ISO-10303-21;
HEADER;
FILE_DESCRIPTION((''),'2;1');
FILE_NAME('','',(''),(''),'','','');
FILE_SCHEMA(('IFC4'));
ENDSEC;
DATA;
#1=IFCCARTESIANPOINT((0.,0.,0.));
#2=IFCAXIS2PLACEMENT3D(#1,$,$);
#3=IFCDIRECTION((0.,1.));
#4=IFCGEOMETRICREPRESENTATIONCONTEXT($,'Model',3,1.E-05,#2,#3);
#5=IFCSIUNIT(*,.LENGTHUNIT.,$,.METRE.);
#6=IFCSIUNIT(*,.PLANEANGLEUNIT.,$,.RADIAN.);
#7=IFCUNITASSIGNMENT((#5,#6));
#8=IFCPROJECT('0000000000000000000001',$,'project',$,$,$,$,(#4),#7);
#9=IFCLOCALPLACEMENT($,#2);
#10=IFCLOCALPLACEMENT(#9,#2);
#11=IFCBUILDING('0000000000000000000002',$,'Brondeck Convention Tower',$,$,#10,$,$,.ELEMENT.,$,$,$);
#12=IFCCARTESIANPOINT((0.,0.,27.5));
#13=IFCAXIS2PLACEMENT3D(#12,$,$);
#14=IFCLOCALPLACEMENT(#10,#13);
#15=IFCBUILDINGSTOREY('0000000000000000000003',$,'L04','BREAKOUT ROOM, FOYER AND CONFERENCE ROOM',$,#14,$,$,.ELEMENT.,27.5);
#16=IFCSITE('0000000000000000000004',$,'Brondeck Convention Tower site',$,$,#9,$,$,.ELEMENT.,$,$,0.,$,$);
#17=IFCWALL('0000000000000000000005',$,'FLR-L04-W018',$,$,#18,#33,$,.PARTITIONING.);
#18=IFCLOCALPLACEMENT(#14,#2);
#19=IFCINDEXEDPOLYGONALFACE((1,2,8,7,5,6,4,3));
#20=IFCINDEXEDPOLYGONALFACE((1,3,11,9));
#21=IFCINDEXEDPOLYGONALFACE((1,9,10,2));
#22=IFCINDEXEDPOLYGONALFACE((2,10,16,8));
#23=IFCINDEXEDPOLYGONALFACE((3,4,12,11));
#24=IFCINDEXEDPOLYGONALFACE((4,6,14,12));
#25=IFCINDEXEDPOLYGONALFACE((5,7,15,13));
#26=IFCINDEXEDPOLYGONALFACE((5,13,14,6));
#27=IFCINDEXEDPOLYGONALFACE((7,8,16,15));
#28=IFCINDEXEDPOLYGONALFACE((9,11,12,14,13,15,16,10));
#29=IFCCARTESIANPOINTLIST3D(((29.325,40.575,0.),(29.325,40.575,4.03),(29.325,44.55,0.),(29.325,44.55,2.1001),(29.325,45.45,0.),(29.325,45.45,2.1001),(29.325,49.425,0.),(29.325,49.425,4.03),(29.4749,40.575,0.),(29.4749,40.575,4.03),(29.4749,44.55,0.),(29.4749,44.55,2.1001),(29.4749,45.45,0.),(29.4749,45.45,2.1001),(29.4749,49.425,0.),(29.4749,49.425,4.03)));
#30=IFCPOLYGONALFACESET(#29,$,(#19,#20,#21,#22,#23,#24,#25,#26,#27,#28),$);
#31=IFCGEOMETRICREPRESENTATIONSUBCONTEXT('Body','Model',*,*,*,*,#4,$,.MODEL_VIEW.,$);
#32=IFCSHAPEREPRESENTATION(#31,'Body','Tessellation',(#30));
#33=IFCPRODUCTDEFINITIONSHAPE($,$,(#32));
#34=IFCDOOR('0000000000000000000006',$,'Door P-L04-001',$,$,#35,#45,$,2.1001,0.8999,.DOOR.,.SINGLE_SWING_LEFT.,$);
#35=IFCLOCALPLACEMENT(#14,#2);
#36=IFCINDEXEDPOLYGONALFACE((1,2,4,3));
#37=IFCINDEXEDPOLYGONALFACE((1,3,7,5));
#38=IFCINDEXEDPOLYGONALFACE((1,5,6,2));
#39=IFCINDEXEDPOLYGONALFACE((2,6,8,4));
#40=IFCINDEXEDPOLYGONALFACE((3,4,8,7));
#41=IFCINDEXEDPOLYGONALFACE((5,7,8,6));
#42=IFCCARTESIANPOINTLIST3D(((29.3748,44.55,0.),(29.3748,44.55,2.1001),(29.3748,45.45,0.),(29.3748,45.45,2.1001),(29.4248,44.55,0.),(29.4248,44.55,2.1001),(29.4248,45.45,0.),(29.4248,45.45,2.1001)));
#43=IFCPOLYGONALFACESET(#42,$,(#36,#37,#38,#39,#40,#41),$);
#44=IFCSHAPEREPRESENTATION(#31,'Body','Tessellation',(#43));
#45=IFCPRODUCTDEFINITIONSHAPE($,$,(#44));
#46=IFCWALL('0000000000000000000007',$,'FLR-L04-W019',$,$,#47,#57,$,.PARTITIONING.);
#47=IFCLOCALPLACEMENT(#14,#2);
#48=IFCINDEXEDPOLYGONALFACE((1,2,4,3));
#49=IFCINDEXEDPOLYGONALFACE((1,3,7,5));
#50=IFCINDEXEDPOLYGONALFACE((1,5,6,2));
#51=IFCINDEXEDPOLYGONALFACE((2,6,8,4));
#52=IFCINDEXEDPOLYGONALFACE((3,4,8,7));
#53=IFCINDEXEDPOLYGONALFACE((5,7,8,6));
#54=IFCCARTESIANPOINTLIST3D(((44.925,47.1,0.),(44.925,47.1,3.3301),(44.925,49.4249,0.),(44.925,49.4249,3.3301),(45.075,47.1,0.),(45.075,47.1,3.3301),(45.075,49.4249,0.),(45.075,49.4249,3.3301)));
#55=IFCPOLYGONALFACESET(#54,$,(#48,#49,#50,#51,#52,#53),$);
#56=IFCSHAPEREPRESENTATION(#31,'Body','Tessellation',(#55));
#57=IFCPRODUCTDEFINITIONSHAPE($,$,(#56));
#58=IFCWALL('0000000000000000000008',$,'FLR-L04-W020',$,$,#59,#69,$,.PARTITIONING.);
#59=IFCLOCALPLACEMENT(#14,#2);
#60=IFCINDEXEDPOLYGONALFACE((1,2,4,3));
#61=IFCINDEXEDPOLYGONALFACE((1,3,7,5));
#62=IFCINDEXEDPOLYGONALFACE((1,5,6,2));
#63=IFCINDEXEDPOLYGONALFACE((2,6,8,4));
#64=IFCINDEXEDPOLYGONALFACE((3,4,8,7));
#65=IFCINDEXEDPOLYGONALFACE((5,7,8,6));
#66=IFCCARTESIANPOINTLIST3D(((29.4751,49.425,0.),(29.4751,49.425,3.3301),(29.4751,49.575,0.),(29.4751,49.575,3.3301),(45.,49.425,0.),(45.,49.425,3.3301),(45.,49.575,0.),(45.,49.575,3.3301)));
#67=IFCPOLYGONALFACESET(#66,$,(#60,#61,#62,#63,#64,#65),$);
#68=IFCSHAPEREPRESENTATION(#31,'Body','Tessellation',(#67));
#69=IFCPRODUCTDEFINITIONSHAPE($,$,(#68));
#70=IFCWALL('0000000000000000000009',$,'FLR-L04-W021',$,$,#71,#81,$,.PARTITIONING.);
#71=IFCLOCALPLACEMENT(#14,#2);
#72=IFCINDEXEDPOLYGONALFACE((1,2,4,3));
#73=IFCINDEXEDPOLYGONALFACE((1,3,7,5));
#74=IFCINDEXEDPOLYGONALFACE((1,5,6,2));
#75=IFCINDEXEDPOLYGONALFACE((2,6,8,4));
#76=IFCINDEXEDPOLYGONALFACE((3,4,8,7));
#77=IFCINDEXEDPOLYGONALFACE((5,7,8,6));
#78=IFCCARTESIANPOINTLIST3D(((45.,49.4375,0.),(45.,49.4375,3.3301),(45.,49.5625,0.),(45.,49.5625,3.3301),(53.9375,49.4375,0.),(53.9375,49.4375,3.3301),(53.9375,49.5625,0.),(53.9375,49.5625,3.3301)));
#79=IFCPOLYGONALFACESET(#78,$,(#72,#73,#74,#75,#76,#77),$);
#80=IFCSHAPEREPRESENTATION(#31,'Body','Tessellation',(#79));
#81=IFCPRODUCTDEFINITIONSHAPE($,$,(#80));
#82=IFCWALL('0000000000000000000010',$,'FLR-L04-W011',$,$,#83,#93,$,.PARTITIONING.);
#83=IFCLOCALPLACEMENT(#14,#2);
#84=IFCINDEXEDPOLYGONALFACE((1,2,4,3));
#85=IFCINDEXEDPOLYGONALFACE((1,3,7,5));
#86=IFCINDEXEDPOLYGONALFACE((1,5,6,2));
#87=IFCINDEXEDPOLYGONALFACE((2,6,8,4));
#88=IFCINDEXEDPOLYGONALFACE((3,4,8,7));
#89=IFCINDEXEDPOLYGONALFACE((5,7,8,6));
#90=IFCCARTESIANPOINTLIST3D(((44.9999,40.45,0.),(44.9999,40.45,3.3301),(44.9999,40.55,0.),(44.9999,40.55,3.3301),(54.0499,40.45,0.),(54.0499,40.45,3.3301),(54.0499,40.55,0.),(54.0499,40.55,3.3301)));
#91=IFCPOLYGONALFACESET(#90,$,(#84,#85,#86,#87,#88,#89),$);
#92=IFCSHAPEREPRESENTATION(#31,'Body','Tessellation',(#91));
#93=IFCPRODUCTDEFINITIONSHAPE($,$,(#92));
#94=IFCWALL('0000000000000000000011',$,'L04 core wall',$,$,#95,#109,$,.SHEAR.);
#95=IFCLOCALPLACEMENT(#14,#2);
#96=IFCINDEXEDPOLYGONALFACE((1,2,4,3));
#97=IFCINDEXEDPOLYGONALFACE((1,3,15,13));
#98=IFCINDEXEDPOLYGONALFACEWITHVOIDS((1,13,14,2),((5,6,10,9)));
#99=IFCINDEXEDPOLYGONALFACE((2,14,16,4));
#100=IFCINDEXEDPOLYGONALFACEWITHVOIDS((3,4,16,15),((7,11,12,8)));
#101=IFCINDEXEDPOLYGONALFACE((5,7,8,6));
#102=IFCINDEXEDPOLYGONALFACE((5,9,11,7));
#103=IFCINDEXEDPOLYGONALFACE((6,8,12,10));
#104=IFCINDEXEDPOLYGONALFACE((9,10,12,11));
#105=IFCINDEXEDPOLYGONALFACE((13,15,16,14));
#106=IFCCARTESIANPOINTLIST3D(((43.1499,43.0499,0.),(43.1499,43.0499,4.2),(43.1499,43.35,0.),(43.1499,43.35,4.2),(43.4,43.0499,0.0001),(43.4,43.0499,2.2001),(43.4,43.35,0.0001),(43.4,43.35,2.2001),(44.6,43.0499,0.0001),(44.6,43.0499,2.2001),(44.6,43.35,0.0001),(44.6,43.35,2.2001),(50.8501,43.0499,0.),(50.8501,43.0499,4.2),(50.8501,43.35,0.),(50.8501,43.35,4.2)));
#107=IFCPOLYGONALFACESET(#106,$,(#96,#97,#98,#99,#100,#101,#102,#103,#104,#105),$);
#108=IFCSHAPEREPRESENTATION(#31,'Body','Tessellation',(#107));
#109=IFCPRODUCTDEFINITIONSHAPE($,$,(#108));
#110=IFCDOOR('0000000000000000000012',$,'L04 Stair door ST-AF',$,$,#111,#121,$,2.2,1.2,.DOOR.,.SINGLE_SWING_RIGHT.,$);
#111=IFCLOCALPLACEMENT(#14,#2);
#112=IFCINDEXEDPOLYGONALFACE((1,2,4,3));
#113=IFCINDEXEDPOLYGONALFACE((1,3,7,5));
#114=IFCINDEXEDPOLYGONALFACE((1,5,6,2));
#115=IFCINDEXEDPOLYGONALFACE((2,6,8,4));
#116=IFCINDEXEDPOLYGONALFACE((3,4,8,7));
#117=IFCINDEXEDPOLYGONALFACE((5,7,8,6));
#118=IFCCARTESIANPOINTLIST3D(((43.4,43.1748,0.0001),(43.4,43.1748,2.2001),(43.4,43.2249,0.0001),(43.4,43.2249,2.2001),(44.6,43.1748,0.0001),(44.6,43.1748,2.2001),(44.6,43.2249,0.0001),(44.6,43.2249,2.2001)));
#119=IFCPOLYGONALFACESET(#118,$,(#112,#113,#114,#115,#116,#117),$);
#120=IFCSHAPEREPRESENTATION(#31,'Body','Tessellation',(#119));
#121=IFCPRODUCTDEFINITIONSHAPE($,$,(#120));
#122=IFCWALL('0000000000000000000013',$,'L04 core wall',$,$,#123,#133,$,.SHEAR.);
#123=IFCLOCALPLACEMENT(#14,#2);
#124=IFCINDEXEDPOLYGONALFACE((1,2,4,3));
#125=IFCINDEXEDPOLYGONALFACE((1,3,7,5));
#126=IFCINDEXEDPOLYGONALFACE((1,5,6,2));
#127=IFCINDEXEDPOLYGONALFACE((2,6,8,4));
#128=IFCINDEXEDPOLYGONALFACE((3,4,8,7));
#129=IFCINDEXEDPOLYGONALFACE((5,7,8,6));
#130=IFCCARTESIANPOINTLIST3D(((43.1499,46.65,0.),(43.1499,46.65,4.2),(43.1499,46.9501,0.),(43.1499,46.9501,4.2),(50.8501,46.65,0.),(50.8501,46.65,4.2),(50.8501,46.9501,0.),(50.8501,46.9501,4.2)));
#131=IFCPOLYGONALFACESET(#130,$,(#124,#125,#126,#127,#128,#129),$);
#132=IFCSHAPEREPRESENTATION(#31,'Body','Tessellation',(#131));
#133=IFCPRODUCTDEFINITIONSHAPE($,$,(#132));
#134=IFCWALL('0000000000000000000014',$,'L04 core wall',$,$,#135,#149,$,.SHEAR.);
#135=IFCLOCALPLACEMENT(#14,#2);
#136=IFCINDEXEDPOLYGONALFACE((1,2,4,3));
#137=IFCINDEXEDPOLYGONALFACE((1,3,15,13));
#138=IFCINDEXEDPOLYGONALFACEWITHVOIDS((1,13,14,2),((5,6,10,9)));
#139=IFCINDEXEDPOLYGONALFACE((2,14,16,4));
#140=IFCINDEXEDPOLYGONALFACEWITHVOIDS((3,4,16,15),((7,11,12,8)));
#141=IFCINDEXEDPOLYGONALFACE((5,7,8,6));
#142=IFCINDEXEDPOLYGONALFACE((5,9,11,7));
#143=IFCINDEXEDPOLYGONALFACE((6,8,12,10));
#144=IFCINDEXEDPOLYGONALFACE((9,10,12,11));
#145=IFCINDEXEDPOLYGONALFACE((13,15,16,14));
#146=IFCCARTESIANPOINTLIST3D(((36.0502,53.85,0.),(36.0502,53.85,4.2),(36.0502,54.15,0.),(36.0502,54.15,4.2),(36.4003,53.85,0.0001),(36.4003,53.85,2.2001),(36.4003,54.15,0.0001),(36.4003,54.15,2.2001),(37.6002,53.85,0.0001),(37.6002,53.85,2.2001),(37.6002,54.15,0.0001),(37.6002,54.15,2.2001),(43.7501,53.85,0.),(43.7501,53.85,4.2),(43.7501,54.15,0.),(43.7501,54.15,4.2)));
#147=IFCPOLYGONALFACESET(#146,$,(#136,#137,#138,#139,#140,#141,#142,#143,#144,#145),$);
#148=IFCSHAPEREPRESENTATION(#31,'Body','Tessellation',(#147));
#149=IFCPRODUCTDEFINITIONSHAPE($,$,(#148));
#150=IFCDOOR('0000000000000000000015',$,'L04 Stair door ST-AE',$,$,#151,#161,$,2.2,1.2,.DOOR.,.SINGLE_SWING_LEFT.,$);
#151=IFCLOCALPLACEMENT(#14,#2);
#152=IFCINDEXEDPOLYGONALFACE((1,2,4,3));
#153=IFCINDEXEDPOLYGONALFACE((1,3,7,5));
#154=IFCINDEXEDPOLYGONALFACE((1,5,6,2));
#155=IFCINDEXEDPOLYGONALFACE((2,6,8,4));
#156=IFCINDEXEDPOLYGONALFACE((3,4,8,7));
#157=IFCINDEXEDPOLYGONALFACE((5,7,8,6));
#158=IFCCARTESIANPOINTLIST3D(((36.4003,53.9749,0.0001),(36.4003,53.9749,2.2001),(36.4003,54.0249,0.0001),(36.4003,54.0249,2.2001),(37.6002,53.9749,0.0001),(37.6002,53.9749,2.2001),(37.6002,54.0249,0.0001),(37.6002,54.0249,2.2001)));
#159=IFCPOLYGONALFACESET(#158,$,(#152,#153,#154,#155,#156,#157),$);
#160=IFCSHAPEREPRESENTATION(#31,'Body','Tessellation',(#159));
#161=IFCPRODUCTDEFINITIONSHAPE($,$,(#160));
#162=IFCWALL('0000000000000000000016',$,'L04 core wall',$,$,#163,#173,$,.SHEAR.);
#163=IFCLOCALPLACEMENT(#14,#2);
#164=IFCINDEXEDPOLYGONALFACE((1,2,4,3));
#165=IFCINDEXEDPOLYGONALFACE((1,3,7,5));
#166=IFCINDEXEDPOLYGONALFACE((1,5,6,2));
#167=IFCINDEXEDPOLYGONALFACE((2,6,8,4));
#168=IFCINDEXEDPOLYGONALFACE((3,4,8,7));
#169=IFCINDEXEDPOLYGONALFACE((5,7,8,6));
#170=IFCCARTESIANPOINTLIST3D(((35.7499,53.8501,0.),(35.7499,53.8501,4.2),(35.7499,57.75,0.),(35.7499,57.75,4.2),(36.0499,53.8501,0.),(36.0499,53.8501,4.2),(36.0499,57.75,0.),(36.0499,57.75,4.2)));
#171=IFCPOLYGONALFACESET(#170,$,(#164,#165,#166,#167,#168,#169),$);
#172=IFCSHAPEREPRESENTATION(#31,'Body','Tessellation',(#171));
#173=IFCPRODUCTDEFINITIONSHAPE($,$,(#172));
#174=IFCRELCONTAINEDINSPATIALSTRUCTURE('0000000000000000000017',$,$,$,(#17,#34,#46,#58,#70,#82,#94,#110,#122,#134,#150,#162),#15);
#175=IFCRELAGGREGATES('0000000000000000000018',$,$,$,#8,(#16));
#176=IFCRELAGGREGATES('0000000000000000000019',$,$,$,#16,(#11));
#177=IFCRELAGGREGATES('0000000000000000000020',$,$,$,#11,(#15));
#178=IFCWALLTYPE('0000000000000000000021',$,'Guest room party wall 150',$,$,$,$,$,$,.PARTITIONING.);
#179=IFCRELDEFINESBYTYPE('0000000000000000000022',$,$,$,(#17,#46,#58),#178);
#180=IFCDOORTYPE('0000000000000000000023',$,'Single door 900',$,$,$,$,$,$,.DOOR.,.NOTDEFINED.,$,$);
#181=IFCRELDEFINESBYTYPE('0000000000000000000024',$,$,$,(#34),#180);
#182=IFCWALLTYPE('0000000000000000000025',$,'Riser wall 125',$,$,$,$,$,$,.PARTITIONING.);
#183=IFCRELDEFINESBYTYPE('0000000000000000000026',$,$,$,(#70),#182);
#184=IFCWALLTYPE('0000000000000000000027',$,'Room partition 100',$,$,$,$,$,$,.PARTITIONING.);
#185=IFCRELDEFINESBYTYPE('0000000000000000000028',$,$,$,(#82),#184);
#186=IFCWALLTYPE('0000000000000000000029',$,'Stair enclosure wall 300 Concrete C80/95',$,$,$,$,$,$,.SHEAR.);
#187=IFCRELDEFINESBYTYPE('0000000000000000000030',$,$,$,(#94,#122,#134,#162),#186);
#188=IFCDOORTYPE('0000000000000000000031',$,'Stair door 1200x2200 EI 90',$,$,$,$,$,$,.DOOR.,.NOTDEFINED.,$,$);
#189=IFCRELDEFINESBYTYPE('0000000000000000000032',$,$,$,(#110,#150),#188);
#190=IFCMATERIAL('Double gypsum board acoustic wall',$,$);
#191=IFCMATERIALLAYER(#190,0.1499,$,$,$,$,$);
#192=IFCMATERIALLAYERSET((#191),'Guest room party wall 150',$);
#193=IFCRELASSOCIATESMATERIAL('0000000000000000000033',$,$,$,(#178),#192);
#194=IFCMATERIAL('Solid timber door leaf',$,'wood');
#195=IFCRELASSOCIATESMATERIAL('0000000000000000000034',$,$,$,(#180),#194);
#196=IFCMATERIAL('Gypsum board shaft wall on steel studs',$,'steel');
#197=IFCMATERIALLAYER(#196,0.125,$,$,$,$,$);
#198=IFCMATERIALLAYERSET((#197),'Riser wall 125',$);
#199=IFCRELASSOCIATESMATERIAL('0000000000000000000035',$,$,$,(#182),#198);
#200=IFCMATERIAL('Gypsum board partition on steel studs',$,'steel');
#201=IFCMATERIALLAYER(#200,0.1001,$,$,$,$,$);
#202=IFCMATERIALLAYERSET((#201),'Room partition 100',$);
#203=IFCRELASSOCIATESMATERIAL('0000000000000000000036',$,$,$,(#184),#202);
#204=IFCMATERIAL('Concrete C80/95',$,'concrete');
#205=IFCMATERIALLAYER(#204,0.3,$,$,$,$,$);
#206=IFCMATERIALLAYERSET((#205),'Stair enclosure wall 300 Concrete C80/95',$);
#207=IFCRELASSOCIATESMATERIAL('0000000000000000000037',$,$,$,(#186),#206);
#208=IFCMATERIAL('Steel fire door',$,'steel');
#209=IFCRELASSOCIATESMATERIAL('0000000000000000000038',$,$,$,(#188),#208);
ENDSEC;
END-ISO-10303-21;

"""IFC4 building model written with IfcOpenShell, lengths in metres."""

from ifc_helpers import new_model, si_unit, direction, frame, frame_2d, origin, place, context, subcontext, project, spatial, rectangle, extrude, material, layer, layer_set, type_object, element, fill, save


model = new_model("IFC4")

# Units and contexts
model_context = context("Model", 3, precision=1e-05, world=origin(), true_north=direction((0.0, 1.0)))
body_context = subcontext(model_context, "Body", "Model", "MODEL_VIEW")
ifc_project = project(units=[si_unit("LENGTHUNIT", "METRE"), si_unit("PLANEANGLEUNIT", "RADIAN")], contexts=[model_context])

# Site, building, storey
site_placement = place(None, origin())
site = spatial("IfcSite", under=ifc_project, at=site_placement, Name="Brondeck Convention Tower site", CompositionType="ELEMENT", RefElevation=0.0)
building_placement = place(site_placement, origin())
building = spatial("IfcBuilding", under=site, at=building_placement, Name="Brondeck Convention Tower", CompositionType="ELEMENT")
storey_placement = place(building_placement, frame((0.0, 0.0, 27.5)))
storey = spatial("IfcBuildingStorey", under=building, at=storey_placement, Name="L04", Description="BREAKOUT ROOM, FOYER AND CONFERENCE ROOM", CompositionType="ELEMENT", Elevation=27.5)

# Shared definitions
ifc_material_1 = material(Name="Double gypsum board acoustic wall")
ifc_layer_1 = layer(ifc_material_1, 0.1499)
ifc_layer_set_1 = layer_set([ifc_layer_1], Name="Guest room party wall 150")
wall_type_1 = type_object("IfcWallType", Name="Guest room party wall 150", PredefinedType="PARTITIONING", material=ifc_layer_set_1)

# Wall, opening, door
wall_1_placement = place(storey_placement, frame((29.3999, 49.425, 0.0), z_axis=(0.0, 0.0, 1.0), x_axis=(0.0, -1.0, 0.0)))
wall_1 = element("IfcWall", 1, at=wall_1_placement, inside=storey, type_object=wall_type_1, Name="FLR-L04-W018", PredefinedType="PARTITIONING", context=body_context, shape_type="SweptSolid", body=[
    extrude(rectangle(XDim=8.8501, YDim=0.1499, at=frame_2d((4.425, 0.0))), origin(), (0.0, 0.0, 1.0), 4.03),
])
opening_1_placement = place(wall_1_placement, frame((3.9751, 0.0, 0.0)))
opening_1 = element("IfcOpeningElement", 2, at=opening_1_placement, cuts=wall_1, PredefinedType="OPENING", context=body_context, shape_type="SweptSolid", body=[
    extrude(rectangle(XDim=0.8999, YDim=2.1001, at=frame_2d((0.45, 1.05))), frame((0.0, 0.085, 0.0), z_axis=(0.0, -1.0, 0.0), x_axis=(1.0, 0.0, 0.0)), (0.0, 0.0, 1.0), 0.1699),
])
ifc_material_2 = material(Name="Solid timber door leaf", Category="wood")
door_type_1 = type_object("IfcDoorType", Name="Single door 900", OperationType="NOTDEFINED", PredefinedType="DOOR", material=ifc_material_2)
door_1_placement = place(opening_1_placement, origin())
door_1 = element("IfcDoor", 3, at=door_1_placement, inside=storey, type_object=door_type_1, Name="Door P-L04-001", OperationType="SINGLE_SWING_LEFT", OverallHeight=2.1001, OverallWidth=0.8999, PredefinedType="DOOR", context=body_context, shape_type="SweptSolid", body=[
    extrude(rectangle(XDim=0.8999, YDim=2.1001, at=frame_2d((0.45, 1.05))), frame((0.0, 0.0249, 0.0), z_axis=(0.0, -1.0, 0.0), x_axis=(1.0, 0.0, 0.0)), (0.0, 0.0, 1.0), 0.05),
])
fill(opening_1, door_1)

# Walls
wall_2_placement = place(storey_placement, frame((45.0, 49.425, 0.0), z_axis=(0.0, 0.0, 1.0), x_axis=(0.0, -1.0, 0.0)))
element("IfcWall", 4, at=wall_2_placement, inside=storey, type_object=wall_type_1, Name="FLR-L04-W019", PredefinedType="PARTITIONING", context=body_context, shape_type="SweptSolid", body=[
    extrude(rectangle(XDim=2.325, YDim=0.1499, at=frame_2d((1.1626, 0.0))), origin(), (0.0, 0.0, 1.0), 3.3301),
])
wall_3_placement = place(storey_placement, frame((29.4751, 49.5, 0.0), z_axis=(0.0, 0.0, 1.0), x_axis=(1.0, 0.0, 0.0)))
element("IfcWall", 5, at=wall_3_placement, inside=storey, type_object=wall_type_1, Name="FLR-L04-W020", PredefinedType="PARTITIONING", context=body_context, shape_type="SweptSolid", body=[
    extrude(rectangle(XDim=15.5249, YDim=0.1499, at=frame_2d((7.7625, 0.0))), origin(), (0.0, 0.0, 1.0), 3.3301),
])
ifc_material_3 = material(Name="Gypsum board shaft wall on steel studs", Category="steel")
ifc_layer_2 = layer(ifc_material_3, 0.125)
ifc_layer_set_2 = layer_set([ifc_layer_2], Name="Riser wall 125")
wall_type_2 = type_object("IfcWallType", Name="Riser wall 125", PredefinedType="PARTITIONING", material=ifc_layer_set_2)
wall_4_placement = place(storey_placement, frame((45.0, 49.5, 0.0), z_axis=(0.0, 0.0, 1.0), x_axis=(1.0, 0.0, 0.0)))
element("IfcWall", 6, at=wall_4_placement, inside=storey, type_object=wall_type_2, Name="FLR-L04-W021", PredefinedType="PARTITIONING", context=body_context, shape_type="SweptSolid", body=[
    extrude(rectangle(XDim=8.9375, YDim=0.125, at=frame_2d((4.4688, 0.0))), origin(), (0.0, 0.0, 1.0), 3.3301),
])
ifc_material_4 = material(Name="Gypsum board partition on steel studs", Category="steel")
ifc_layer_3 = layer(ifc_material_4, 0.1001)
ifc_layer_set_3 = layer_set([ifc_layer_3], Name="Room partition 100")
wall_type_3 = type_object("IfcWallType", Name="Room partition 100", PredefinedType="PARTITIONING", material=ifc_layer_set_3)
wall_5_placement = place(storey_placement, frame((45.0, 40.5, 0.0), z_axis=(0.0, 0.0, 1.0), x_axis=(1.0, 0.0, 0.0)))
element("IfcWall", 7, at=wall_5_placement, inside=storey, type_object=wall_type_3, Name="FLR-L04-W011", PredefinedType="PARTITIONING", context=body_context, shape_type="SweptSolid", body=[
    extrude(rectangle(XDim=9.05, YDim=0.1001, at=frame_2d((4.5249, 0.0))), origin(), (0.0, 0.0, 1.0), 3.3301),
])

# Wall, opening, door
ifc_material_5 = material(Name="Concrete C80/95", Category="concrete")
ifc_layer_4 = layer(ifc_material_5, 0.3)
ifc_layer_set_4 = layer_set([ifc_layer_4], Name="Stair enclosure wall 300 Concrete C80/95")
wall_type_4 = type_object("IfcWallType", Name="Stair enclosure wall 300 Concrete C80/95", PredefinedType="SHEAR", material=ifc_layer_set_4)
wall_6_placement = place(storey_placement, frame((43.1499, 43.2, 0.0), z_axis=(0.0, 0.0, 1.0), x_axis=(1.0, 0.0, 0.0)))
wall_6 = element("IfcWall", 8, at=wall_6_placement, inside=storey, type_object=wall_type_4, Name="L04 core wall", PredefinedType="SHEAR", context=body_context, shape_type="SweptSolid", body=[
    extrude(rectangle(XDim=7.7002, YDim=0.3, at=frame_2d((3.8501, 0.0))), origin(), (0.0, 0.0, 1.0), 4.2),
])
opening_2_placement = place(wall_6_placement, frame((0.25, 0.0, 0.0)))
opening_2 = element("IfcOpeningElement", 9, at=opening_2_placement, cuts=wall_6, PredefinedType="OPENING", context=body_context, shape_type="SweptSolid", body=[
    extrude(rectangle(XDim=1.2, YDim=2.2, at=frame_2d((0.6001, 1.1001))), frame((0.0, 0.1599, 0.0), z_axis=(0.0, -1.0, 0.0), x_axis=(1.0, 0.0, 0.0)), (0.0, 0.0, 1.0), 0.3201),
])
ifc_material_6 = material(Name="Steel fire door", Category="steel")
door_type_2 = type_object("IfcDoorType", Name="Stair door 1200x2200 EI 90", OperationType="NOTDEFINED", PredefinedType="DOOR", material=ifc_material_6)
door_2_placement = place(opening_2_placement, origin())
door_2 = element("IfcDoor", 10, at=door_2_placement, inside=storey, type_object=door_type_2, Name="L04 Stair door ST-AF", OperationType="SINGLE_SWING_RIGHT", OverallHeight=2.2, OverallWidth=1.2, PredefinedType="DOOR", context=body_context, shape_type="SweptSolid", body=[
    extrude(rectangle(XDim=1.2, YDim=2.2, at=frame_2d((0.6001, 1.1001))), frame((0.0, 0.0249, 0.0), z_axis=(0.0, -1.0, 0.0), x_axis=(1.0, 0.0, 0.0)), (0.0, 0.0, 1.0), 0.05),
])
fill(opening_2, door_2)

# Wall
wall_7_placement = place(storey_placement, frame((43.1499, 46.8, 0.0), z_axis=(0.0, 0.0, 1.0), x_axis=(1.0, 0.0, 0.0)))
element("IfcWall", 11, at=wall_7_placement, inside=storey, type_object=wall_type_4, Name="L04 core wall", PredefinedType="SHEAR", context=body_context, shape_type="SweptSolid", body=[
    extrude(rectangle(XDim=7.7002, YDim=0.3, at=frame_2d((3.8501, 0.0))), origin(), (0.0, 0.0, 1.0), 4.2),
])

# Wall, opening, door
wall_8_placement = place(storey_placement, frame((36.05, 54.0, 0.0), z_axis=(0.0, 0.0, 1.0), x_axis=(1.0, 0.0, 0.0)))
wall_8 = element("IfcWall", 12, at=wall_8_placement, inside=storey, type_object=wall_type_4, Name="L04 core wall", PredefinedType="SHEAR", context=body_context, shape_type="SweptSolid", body=[
    extrude(rectangle(XDim=7.7, YDim=0.3, at=frame_2d((3.8501, 0.0))), origin(), (0.0, 0.0, 1.0), 4.2),
])
opening_3_placement = place(wall_8_placement, frame((0.3501, 0.0, 0.0)))
opening_3 = element("IfcOpeningElement", 13, at=opening_3_placement, cuts=wall_8, PredefinedType="OPENING", context=body_context, shape_type="SweptSolid", body=[
    extrude(rectangle(XDim=1.2, YDim=2.2, at=frame_2d((0.6001, 1.1001))), frame((0.0, 0.1599, 0.0), z_axis=(0.0, -1.0, 0.0), x_axis=(1.0, 0.0, 0.0)), (0.0, 0.0, 1.0), 0.3201),
])
door_3_placement = place(opening_3_placement, origin())
door_3 = element("IfcDoor", 14, at=door_3_placement, inside=storey, type_object=door_type_2, Name="L04 Stair door ST-AE", OperationType="SINGLE_SWING_LEFT", OverallHeight=2.2, OverallWidth=1.2, PredefinedType="DOOR", context=body_context, shape_type="SweptSolid", body=[
    extrude(rectangle(XDim=1.2, YDim=2.2, at=frame_2d((0.6001, 1.1001))), frame((0.0, 0.0249, 0.0), z_axis=(0.0, -1.0, 0.0), x_axis=(1.0, 0.0, 0.0)), (0.0, 0.0, 1.0), 0.05),
])
fill(opening_3, door_3)

# Wall
for number, where, z_axis, x_axis, name in (
    (15, (35.8999, 53.8501, 0.0), (0.0, 0.0, 1.0), (0.0, 1.0, 0.0), "L04 core wall"),
):
    element("IfcWall", number, at=place(storey_placement, frame(where, z_axis=z_axis, x_axis=x_axis)), inside=storey, type_object=wall_type_4, Name=name, PredefinedType="SHEAR", context=body_context, shape_type="SweptSolid", body=[
        extrude(rectangle(XDim=3.8999, YDim=0.3, at=frame_2d((1.95, 0.0))), origin(), (0.0, 0.0, 1.0), 4.2),
    ])

save(model, "model.ifc")
